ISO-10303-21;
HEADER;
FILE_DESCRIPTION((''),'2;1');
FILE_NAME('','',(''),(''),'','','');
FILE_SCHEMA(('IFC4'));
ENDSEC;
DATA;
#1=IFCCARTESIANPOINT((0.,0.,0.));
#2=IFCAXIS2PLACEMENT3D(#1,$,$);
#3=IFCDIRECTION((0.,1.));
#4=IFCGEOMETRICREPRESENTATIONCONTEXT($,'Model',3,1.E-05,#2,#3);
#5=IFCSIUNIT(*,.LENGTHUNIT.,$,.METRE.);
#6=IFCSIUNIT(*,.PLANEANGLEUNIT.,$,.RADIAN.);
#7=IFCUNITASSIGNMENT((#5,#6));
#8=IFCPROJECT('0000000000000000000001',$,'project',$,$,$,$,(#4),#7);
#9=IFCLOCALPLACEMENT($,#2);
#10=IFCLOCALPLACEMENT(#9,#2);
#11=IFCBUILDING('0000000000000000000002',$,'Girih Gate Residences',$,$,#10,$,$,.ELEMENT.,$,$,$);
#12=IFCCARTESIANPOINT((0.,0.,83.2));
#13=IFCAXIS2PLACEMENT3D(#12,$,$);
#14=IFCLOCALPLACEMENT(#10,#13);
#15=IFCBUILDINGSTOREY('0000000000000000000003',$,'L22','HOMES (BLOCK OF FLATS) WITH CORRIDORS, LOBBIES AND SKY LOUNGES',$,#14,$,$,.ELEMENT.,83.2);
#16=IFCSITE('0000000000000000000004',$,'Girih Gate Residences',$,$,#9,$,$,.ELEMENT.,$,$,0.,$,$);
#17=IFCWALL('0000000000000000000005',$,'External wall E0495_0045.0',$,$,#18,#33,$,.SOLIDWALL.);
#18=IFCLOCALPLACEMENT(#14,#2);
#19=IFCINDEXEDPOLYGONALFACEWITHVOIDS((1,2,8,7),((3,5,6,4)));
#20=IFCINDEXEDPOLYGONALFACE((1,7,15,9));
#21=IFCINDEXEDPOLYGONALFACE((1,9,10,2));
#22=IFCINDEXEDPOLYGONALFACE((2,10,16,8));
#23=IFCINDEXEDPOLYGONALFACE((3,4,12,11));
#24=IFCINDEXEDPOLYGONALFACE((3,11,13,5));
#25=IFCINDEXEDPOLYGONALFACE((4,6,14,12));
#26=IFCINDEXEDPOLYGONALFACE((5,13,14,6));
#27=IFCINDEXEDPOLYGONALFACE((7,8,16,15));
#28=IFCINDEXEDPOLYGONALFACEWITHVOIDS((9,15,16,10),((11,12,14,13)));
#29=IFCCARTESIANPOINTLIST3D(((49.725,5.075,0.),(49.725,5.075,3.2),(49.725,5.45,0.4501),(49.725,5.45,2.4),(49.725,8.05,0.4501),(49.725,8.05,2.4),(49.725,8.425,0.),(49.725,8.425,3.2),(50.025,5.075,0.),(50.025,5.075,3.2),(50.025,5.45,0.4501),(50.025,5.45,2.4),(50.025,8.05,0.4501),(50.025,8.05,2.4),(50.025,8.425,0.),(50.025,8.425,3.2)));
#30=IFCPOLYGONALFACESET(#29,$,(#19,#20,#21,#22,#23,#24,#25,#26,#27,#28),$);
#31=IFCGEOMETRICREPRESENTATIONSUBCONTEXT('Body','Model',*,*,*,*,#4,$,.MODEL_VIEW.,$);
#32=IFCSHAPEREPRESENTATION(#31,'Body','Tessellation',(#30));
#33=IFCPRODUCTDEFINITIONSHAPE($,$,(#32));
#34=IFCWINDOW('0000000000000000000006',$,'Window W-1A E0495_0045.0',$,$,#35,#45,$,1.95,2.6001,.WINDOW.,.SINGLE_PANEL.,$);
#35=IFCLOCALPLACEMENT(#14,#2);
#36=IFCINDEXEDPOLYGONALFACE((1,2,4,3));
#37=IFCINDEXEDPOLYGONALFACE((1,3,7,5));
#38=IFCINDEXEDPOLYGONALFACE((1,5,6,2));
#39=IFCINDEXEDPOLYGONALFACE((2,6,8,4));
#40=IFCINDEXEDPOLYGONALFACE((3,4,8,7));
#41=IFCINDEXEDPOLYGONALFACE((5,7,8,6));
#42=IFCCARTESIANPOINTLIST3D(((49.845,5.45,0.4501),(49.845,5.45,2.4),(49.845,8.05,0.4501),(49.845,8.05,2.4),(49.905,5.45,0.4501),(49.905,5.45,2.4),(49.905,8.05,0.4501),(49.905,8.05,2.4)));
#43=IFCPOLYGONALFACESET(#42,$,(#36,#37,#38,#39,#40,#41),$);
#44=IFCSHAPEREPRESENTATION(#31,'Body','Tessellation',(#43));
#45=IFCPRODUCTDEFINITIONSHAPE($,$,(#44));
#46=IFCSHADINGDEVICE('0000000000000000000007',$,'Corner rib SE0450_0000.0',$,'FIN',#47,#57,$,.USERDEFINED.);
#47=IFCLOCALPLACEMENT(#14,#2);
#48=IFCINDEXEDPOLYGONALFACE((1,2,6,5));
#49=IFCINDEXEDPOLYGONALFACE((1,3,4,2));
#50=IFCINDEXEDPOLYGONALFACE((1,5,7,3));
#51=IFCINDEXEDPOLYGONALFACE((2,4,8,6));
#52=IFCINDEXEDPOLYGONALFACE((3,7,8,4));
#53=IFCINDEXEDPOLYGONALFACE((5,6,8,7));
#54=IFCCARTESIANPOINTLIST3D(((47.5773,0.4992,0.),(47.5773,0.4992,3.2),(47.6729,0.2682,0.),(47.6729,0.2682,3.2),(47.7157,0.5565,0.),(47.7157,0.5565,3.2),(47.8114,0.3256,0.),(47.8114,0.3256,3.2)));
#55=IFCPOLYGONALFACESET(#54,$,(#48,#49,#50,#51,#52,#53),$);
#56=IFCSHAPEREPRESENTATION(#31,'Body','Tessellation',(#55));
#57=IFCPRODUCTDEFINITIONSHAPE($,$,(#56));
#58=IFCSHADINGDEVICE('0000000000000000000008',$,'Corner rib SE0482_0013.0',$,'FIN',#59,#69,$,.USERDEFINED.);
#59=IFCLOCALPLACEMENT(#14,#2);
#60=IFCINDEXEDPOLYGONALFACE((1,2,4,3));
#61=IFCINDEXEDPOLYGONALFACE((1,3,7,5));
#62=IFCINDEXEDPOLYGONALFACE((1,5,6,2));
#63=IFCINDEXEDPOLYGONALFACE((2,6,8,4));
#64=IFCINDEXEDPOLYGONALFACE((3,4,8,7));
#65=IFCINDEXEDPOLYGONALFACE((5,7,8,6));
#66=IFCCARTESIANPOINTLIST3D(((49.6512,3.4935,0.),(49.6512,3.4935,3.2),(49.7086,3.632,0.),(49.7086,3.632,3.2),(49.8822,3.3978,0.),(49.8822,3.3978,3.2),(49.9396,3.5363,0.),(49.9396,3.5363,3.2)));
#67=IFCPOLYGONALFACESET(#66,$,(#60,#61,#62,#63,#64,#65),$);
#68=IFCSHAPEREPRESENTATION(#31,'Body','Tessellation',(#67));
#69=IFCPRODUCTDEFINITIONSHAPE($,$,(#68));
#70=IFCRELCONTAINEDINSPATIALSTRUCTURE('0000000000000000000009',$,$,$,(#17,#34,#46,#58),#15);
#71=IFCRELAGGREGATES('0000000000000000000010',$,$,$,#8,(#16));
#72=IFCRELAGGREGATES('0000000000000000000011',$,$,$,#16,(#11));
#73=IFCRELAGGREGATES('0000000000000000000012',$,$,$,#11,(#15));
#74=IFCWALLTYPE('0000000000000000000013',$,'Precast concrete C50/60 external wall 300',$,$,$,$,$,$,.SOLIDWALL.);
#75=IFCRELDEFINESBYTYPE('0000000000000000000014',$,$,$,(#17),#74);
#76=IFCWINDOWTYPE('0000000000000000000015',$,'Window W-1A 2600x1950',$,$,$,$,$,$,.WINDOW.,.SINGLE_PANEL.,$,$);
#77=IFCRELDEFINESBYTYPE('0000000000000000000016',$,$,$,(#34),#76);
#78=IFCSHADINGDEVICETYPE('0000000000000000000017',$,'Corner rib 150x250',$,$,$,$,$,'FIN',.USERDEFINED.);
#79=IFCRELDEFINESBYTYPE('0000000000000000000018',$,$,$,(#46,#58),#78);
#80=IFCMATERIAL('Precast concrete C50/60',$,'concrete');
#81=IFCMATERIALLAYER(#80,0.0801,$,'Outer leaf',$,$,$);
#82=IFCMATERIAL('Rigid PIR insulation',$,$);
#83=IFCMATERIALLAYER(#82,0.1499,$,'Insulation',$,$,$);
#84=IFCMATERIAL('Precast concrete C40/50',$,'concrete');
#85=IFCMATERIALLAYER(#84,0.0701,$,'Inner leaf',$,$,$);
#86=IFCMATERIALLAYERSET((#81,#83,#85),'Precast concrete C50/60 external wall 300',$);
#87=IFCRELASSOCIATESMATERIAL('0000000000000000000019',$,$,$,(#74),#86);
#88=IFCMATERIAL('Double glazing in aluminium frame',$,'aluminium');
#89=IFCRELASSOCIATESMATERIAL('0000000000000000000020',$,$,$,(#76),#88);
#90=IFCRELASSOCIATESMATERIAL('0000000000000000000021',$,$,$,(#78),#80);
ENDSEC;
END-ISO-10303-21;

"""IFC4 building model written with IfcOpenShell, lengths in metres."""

from ifc_helpers import new_model, si_unit, direction, frame, frame_2d, origin, origin_2d, place, context, subcontext, project, spatial, rectangle, extrude, material, layer, layer_set, type_object, element, fill, save


model = new_model("IFC4")

# Units and contexts
model_context = context("Model", 3, precision=1e-05, world=origin(), true_north=direction((0.0, 1.0)))
body_context = subcontext(model_context, "Body", "Model", "MODEL_VIEW")
ifc_project = project(units=[si_unit("LENGTHUNIT", "METRE"), si_unit("PLANEANGLEUNIT", "RADIAN")], contexts=[model_context])

# Site, building, storey
site_placement = place(None, origin())
site = spatial("IfcSite", under=ifc_project, at=site_placement, Name="Girih Gate Residences", CompositionType="ELEMENT", RefElevation=0.0)
building_placement = place(site_placement, origin())
building = spatial("IfcBuilding", under=site, at=building_placement, Name="Girih Gate Residences", CompositionType="ELEMENT")
storey_placement = place(building_placement, frame((0.0, 0.0, 83.2)))
storey = spatial("IfcBuildingStorey", under=building, at=storey_placement, Name="L22", Description="HOMES (BLOCK OF FLATS) WITH CORRIDORS, LOBBIES AND SKY LOUNGES", CompositionType="ELEMENT", Elevation=83.2)

# Wall, opening, window
ifc_material_1 = material(Name="Precast concrete C50/60", Category="concrete")
ifc_layer_1 = layer(ifc_material_1, 0.0801, Name="Outer leaf")
ifc_material_2 = material(Name="Rigid PIR insulation")
ifc_layer_2 = layer(ifc_material_2, 0.1499, Name="Insulation")
ifc_material_3 = material(Name="Precast concrete C40/50", Category="concrete")
ifc_layer_3 = layer(ifc_material_3, 0.0701, Name="Inner leaf")
ifc_layer_set_1 = layer_set([ifc_layer_1, ifc_layer_2, ifc_layer_3], Name="Precast concrete C50/60 external wall 300")
wall_type_1 = type_object("IfcWallType", Name="Precast concrete C50/60 external wall 300", PredefinedType="SOLIDWALL", material=ifc_layer_set_1)
ifc_material_4 = material(Name="Double glazing in aluminium frame", Category="aluminium")
wall_1_placement = place(storey_placement, frame((49.875, 8.425, 0.0), z_axis=(0.0, 0.0, 1.0), x_axis=(0.0, -1.0, 0.0)))
wall_1 = element("IfcWall", 1, at=wall_1_placement, inside=storey, type_object=wall_type_1, Name="External wall E0495_0045.0", PredefinedType="SOLIDWALL", context=body_context, shape_type="SweptSolid", body=[
    extrude(rectangle(XDim=3.3501, YDim=0.3, at=frame_2d((1.675, 0.0))), origin(), (0.0, 0.0, 1.0), 3.2),
])
opening_1_placement = place(wall_1_placement, frame((0.375, 0.0, 0.45)))
opening_1 = element("IfcOpeningElement", 2, at=opening_1_placement, cuts=wall_1, PredefinedType="OPENING", context=body_context, shape_type="SweptSolid", body=[
    extrude(rectangle(XDim=2.6001, YDim=1.95, at=frame_2d((1.3, 0.9751))), frame((0.0, 0.1599, 0.0), z_axis=(0.0, -1.0, 0.0), x_axis=(1.0, 0.0, 0.0)), (0.0, 0.0, 1.0), 0.3201),
])
window_type_1 = type_object("IfcWindowType", Name="Window W-1A 2600x1950", PartitioningType="SINGLE_PANEL", PredefinedType="WINDOW", material=ifc_material_4)
window_1_placement = place(opening_1_placement, origin())
window_1 = element("IfcWindow", 3, at=window_1_placement, inside=storey, type_object=window_type_1, Name="Window W-1A E0495_0045.0", OverallHeight=1.95, OverallWidth=2.6001, PartitioningType="SINGLE_PANEL", PredefinedType="WINDOW", context=body_context, shape_type="SweptSolid", body=[
    extrude(rectangle(XDim=2.6001, YDim=1.95, at=frame_2d((1.3, 0.9751))), frame((0.0, 0.03, 0.0), z_axis=(0.0, -1.0, 0.0), x_axis=(1.0, 0.0, 0.0)), (0.0, 0.0, 1.0), 0.0601),
])
fill(opening_1, window_1)

# Shading devices
shading_device_type = type_object("IfcShadingDeviceType", Name="Corner rib 150x250", ElementType="FIN", PredefinedType="USERDEFINED", material=ifc_material_1)
for number, where, z_axis, x_axis, name in (
    (4, (47.6943, 0.4124, 0.0), (0.0, 0.0, 1.0), (0.92388, 0.382683, 0.0), "Corner rib SE0450_0000.0"),
    (5, (49.7954, 3.5149, 0.0), (0.0, 0.0, 1.0), (0.382683, 0.92388, 0.0), "Corner rib SE0482_0013.0"),
):
    element("IfcShadingDevice", number, at=place(storey_placement, frame(where, z_axis=z_axis, x_axis=x_axis)), inside=storey, type_object=shading_device_type, Name=name, ObjectType="FIN", PredefinedType="USERDEFINED", context=body_context, shape_type="SweptSolid", body=[
        extrude(rectangle(XDim=0.1499, YDim=0.25, at=origin_2d()), origin(), (0.0, 0.0, 1.0), 3.2),
    ])

save(model, "model.ifc")
